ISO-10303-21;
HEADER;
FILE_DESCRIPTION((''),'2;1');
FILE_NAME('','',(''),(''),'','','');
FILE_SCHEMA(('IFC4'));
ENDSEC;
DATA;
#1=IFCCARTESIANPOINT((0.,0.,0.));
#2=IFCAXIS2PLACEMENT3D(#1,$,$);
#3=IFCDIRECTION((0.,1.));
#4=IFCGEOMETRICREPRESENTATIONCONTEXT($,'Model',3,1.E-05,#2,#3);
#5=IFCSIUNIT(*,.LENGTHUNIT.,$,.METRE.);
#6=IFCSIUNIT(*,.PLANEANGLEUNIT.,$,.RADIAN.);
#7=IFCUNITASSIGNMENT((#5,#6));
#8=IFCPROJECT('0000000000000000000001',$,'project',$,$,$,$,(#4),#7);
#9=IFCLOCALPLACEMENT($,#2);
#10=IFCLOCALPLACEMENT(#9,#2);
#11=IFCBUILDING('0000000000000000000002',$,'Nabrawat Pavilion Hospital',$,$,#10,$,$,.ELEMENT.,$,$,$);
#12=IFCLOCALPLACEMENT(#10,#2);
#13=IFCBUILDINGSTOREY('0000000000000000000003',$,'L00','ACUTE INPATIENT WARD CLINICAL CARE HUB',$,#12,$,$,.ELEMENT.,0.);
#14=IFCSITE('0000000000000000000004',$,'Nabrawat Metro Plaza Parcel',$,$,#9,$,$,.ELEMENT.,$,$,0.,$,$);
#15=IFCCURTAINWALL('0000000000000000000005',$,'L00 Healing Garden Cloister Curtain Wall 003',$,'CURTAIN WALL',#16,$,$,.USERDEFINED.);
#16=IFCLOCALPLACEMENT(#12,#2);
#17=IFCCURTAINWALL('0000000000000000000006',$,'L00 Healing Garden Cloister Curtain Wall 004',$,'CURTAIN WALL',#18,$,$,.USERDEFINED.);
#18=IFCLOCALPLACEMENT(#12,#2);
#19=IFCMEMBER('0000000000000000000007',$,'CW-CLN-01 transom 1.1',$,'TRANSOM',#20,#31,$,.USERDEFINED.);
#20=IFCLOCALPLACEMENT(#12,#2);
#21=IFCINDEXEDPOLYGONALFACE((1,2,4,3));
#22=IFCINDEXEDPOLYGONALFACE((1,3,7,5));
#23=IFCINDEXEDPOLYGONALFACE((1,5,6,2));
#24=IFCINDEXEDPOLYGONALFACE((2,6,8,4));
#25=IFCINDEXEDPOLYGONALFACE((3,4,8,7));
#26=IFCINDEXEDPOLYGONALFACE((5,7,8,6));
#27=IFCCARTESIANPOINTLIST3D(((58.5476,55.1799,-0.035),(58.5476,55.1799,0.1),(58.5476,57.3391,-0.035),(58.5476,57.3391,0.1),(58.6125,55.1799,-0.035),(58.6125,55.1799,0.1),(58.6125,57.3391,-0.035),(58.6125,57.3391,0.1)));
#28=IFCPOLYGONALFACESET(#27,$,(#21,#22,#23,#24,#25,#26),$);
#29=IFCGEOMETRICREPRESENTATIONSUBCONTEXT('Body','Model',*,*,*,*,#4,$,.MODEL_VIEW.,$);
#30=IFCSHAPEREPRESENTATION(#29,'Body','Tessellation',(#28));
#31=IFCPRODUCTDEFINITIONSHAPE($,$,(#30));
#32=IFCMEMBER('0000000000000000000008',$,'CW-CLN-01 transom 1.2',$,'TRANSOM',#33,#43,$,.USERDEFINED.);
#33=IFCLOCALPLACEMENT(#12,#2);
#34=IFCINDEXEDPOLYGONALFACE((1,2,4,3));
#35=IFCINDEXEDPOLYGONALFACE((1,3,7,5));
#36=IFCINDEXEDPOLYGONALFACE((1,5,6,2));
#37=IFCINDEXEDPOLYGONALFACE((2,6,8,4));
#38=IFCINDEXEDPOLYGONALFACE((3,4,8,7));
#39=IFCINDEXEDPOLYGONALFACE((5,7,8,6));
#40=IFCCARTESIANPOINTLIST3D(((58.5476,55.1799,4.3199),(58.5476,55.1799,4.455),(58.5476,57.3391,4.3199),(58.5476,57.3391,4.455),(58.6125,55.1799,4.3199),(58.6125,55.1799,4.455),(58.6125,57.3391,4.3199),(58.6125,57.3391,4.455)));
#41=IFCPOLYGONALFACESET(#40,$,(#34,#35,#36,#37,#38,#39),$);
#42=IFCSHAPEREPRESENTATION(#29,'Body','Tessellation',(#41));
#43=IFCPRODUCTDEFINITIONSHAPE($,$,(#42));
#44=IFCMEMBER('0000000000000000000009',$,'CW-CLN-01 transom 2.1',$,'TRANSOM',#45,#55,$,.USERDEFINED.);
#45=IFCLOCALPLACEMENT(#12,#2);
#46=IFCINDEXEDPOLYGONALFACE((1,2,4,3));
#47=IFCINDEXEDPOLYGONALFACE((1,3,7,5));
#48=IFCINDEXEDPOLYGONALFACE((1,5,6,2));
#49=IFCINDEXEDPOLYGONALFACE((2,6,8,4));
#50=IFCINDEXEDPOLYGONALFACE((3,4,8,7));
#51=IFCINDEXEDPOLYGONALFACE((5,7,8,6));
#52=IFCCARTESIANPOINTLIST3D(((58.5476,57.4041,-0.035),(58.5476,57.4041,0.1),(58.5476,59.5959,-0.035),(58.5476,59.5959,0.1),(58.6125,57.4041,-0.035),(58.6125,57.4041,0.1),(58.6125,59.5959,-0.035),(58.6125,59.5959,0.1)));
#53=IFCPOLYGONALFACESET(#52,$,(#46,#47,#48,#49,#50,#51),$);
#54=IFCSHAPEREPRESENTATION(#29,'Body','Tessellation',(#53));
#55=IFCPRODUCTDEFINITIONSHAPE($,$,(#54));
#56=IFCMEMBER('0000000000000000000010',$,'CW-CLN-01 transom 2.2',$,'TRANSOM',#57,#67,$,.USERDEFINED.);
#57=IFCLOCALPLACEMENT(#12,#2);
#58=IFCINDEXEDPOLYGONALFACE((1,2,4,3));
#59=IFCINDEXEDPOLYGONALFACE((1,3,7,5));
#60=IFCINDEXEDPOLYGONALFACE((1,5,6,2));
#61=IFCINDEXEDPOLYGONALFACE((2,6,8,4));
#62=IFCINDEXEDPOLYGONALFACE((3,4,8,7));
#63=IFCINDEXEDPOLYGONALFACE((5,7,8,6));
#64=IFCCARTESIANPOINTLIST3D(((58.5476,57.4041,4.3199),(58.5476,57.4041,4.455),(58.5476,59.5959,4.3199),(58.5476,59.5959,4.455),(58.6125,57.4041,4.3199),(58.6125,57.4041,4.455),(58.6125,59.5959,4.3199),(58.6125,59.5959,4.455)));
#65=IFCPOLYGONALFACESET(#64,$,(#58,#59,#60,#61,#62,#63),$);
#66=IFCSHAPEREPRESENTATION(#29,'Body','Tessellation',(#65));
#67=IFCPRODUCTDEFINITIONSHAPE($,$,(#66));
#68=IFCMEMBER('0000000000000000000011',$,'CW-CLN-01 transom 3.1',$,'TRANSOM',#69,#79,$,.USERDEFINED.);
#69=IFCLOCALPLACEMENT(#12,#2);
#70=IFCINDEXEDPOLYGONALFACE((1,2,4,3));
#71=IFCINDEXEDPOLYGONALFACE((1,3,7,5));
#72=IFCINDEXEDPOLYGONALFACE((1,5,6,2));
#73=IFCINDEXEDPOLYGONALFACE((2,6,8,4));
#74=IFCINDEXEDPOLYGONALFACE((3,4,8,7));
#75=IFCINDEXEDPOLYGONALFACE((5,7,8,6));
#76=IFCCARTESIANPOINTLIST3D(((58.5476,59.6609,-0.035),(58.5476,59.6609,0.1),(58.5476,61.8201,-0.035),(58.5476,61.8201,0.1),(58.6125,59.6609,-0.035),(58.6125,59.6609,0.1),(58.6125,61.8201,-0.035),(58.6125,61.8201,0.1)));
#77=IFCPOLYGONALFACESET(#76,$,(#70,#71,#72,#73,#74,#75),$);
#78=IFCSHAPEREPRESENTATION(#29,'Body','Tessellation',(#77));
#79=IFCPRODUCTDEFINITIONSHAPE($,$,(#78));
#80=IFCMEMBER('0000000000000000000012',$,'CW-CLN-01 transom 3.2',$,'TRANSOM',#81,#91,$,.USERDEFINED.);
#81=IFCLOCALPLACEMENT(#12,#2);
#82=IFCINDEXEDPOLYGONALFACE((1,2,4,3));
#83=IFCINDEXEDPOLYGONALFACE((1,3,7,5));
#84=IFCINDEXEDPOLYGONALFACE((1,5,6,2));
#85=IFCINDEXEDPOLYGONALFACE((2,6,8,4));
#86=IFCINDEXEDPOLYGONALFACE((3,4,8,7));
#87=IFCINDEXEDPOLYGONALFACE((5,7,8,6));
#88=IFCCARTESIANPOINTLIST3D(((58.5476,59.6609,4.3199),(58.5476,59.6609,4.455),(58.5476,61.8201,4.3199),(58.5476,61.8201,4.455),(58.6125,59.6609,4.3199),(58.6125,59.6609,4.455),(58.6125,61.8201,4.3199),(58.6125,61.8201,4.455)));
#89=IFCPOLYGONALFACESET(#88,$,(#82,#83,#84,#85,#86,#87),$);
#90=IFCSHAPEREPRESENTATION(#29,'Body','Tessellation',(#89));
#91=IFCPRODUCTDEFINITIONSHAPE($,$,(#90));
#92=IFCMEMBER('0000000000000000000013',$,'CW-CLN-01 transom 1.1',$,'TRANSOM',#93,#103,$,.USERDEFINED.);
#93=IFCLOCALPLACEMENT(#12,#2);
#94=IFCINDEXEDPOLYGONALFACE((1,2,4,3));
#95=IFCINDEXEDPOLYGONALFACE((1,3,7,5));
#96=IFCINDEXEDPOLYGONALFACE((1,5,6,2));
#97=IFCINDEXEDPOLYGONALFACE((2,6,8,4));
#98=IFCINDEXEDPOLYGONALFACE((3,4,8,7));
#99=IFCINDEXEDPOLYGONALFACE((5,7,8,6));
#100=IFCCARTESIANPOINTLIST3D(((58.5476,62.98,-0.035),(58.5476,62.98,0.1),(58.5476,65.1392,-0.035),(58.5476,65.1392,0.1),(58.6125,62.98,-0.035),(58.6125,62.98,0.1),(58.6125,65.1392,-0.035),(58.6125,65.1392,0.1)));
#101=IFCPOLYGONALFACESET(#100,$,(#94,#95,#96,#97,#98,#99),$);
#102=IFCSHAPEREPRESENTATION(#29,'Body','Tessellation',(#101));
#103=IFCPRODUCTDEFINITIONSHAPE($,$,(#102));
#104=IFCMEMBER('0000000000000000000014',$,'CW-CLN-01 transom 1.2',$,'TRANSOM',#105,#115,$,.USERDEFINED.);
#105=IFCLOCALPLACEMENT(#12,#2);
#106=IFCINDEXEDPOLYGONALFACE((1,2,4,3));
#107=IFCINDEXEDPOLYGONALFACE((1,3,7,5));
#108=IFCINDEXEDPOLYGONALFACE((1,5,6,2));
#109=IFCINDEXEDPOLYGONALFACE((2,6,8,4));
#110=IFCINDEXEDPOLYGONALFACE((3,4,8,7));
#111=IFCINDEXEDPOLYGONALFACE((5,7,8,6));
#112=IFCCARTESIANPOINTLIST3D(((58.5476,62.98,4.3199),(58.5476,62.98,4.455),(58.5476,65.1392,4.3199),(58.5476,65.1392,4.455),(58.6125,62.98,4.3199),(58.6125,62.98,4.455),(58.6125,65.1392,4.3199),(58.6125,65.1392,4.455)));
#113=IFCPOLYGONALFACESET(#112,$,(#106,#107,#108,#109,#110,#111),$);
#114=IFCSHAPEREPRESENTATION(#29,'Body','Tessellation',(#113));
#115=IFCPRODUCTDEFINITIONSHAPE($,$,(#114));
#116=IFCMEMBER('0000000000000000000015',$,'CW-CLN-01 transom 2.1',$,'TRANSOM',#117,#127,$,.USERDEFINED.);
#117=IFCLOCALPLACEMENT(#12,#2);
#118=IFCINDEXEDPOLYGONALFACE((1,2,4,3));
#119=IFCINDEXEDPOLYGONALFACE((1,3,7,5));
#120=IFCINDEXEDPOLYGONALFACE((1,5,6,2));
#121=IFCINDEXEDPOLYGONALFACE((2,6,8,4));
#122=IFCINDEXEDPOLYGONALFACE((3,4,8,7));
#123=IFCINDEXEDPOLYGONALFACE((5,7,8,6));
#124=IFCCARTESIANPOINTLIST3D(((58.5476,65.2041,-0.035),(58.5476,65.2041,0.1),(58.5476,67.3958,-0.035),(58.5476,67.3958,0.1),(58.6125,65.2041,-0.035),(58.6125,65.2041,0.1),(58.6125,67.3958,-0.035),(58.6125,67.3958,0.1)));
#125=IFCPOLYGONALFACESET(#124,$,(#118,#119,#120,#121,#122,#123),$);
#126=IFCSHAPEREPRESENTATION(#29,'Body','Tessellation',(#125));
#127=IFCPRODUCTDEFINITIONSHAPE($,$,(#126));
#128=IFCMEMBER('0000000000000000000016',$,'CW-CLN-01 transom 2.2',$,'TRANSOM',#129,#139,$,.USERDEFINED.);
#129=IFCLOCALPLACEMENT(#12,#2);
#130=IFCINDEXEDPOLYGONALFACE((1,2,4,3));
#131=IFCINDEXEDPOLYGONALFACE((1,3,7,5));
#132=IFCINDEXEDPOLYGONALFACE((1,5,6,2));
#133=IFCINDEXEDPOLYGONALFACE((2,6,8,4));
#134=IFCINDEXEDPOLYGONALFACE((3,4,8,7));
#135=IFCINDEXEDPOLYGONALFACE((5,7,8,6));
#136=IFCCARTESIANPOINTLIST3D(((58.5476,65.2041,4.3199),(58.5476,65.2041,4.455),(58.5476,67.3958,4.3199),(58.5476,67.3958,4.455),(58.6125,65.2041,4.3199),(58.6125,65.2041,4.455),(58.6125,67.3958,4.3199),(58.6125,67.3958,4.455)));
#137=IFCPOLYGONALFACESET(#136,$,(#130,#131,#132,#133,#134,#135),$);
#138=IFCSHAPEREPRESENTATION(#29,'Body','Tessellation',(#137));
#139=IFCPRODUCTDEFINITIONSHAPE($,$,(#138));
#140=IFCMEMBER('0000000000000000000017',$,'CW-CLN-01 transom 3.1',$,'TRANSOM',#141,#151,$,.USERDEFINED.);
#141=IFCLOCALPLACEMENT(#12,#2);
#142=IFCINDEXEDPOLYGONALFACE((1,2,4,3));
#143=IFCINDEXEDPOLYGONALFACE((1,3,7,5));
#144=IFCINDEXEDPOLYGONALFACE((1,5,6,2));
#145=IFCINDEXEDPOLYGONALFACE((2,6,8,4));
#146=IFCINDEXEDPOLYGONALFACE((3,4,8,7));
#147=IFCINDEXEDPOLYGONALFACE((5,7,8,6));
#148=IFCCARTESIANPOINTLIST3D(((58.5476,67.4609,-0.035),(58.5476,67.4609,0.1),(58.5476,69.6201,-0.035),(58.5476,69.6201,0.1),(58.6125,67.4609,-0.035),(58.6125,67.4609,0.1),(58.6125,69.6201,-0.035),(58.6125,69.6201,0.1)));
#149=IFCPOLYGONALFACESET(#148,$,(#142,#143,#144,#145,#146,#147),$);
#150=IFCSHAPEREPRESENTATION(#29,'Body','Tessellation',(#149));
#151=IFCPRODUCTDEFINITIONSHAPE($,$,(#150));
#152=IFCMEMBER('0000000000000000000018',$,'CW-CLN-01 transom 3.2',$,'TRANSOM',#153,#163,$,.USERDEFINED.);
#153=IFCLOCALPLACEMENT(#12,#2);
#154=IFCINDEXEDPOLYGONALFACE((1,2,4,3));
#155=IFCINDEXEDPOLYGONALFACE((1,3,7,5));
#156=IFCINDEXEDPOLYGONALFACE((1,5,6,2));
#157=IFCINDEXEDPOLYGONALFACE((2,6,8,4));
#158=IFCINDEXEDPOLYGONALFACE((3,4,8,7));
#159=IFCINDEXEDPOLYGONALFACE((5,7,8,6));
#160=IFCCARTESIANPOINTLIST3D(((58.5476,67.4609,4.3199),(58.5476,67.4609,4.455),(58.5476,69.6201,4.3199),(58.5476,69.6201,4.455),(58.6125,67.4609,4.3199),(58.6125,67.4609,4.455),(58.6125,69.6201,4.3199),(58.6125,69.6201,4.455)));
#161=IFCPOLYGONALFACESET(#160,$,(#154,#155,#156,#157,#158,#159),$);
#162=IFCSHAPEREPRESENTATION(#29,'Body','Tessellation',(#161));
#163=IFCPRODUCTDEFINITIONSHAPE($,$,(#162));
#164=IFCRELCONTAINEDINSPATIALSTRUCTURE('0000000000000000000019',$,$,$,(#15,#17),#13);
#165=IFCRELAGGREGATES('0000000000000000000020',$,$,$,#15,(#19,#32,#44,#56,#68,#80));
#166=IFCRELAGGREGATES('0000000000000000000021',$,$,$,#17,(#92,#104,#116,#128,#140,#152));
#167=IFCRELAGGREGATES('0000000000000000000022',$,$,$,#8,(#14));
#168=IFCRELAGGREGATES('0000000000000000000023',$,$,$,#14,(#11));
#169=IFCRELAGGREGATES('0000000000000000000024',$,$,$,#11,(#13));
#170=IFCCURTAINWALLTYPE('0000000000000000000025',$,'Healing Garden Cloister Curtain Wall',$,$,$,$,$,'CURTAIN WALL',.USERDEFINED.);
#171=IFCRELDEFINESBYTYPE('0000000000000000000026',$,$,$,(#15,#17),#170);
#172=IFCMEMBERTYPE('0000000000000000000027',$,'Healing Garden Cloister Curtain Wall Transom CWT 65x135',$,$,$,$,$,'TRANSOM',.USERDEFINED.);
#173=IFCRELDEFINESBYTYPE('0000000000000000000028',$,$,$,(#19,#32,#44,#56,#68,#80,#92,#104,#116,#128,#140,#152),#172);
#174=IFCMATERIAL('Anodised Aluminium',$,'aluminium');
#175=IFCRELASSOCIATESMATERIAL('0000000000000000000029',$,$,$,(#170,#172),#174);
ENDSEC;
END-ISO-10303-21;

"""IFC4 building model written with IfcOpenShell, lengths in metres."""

from ifc_helpers import new_model, si_unit, direction, frame, origin, origin_2d, place, context, subcontext, project, spatial, rectangle, extrude, material, material_profile, profile_set, type_object, element, aggregate, save


model = new_model("IFC4")

# Units and contexts
model_context = context("Model", 3, precision=1e-05, world=origin(), true_north=direction((0.0, 1.0)))
body_context = subcontext(model_context, "Body", "Model", "MODEL_VIEW")
ifc_project = project(units=[si_unit("LENGTHUNIT", "METRE"), si_unit("PLANEANGLEUNIT", "RADIAN")], contexts=[model_context])

# Site, building, storey
site_placement = place(None, origin())
site = spatial("IfcSite", under=ifc_project, at=site_placement, Name="Nabrawat Metro Plaza Parcel", CompositionType="ELEMENT", RefElevation=0.0)
building_placement = place(site_placement, origin())
building = spatial("IfcBuilding", under=site, at=building_placement, Name="Nabrawat Pavilion Hospital", CompositionType="ELEMENT")
storey_placement = place(building_placement, origin())
storey = spatial("IfcBuildingStorey", under=building, at=storey_placement, Name="L00", Description="ACUTE INPATIENT WARD CLINICAL CARE HUB", CompositionType="ELEMENT", Elevation=0.0)

# Curtain walls
ifc_material_1 = material(Name="Anodised Aluminium", Category="aluminium")
curtain_wall_type = type_object("IfcCurtainWallType", Name="Healing Garden Cloister Curtain Wall", ElementType="CURTAIN WALL", PredefinedType="USERDEFINED", material=ifc_material_1)
curtain_wall_1_placement = place(storey_placement, origin())
curtain_wall_1 = element("IfcCurtainWall", 1, at=curtain_wall_1_placement, inside=storey, type_object=curtain_wall_type, Name="L00 Healing Garden Cloister Curtain Wall 003", ObjectType="CURTAIN WALL", PredefinedType="USERDEFINED")
curtain_wall_2_placement = place(storey_placement, origin())
curtain_wall_2 = element("IfcCurtainWall", 2, at=curtain_wall_2_placement, inside=storey, type_object=curtain_wall_type, Name="L00 Healing Garden Cloister Curtain Wall 004", ObjectType="CURTAIN WALL", PredefinedType="USERDEFINED")

# Members
ifc_material_profile_1 = material_profile(ifc_material_1, rectangle(XDim=0.0649, YDim=0.135, at=origin_2d()), Name="CWT 65x135")
ifc_profile_set_1 = profile_set([ifc_material_profile_1], Name="Anodised Aluminium")
member_type_1 = type_object("IfcMemberType", Name="Healing Garden Cloister Curtain Wall Transom CWT 65x135", ElementType="TRANSOM", PredefinedType="USERDEFINED", material=ifc_profile_set_1)
member_1_placement = place(storey_placement, frame((58.5801, 55.1799, 0.0325), z_axis=(0.0, 1.0, 0.0), x_axis=(-1.0, 0.0, 0.0)))
member_1 = element("IfcMember", 3, at=member_1_placement, type_object=member_type_1, Name="CW-CLN-01 transom 1.1", ObjectType="TRANSOM", PredefinedType="USERDEFINED", context=body_context, shape_type="SweptSolid", body=[
    extrude(rectangle(XDim=0.0649, YDim=0.135, at=origin_2d()), origin(), (0.0, 0.0, 1.0), 2.1592),
])
member_2_placement = place(storey_placement, frame((58.5801, 55.1799, 4.3875), z_axis=(0.0, 1.0, 0.0), x_axis=(-1.0, 0.0, 0.0)))
member_2 = element("IfcMember", 4, at=member_2_placement, type_object=member_type_1, Name="CW-CLN-01 transom 1.2", ObjectType="TRANSOM", PredefinedType="USERDEFINED", context=body_context, shape_type="SweptSolid", body=[
    extrude(rectangle(XDim=0.0649, YDim=0.135, at=origin_2d()), origin(), (0.0, 0.0, 1.0), 2.1592),
])
member_3_placement = place(storey_placement, frame((58.5801, 57.4041, 0.0325), z_axis=(0.0, 1.0, 0.0), x_axis=(-1.0, 0.0, 0.0)))
member_3 = element("IfcMember", 5, at=member_3_placement, type_object=member_type_1, Name="CW-CLN-01 transom 2.1", ObjectType="TRANSOM", PredefinedType="USERDEFINED", context=body_context, shape_type="SweptSolid", body=[
    extrude(rectangle(XDim=0.0649, YDim=0.135, at=origin_2d()), origin(), (0.0, 0.0, 1.0), 2.1919),
])
member_4_placement = place(storey_placement, frame((58.5801, 57.4041, 4.3875), z_axis=(0.0, 1.0, 0.0), x_axis=(-1.0, 0.0, 0.0)))
member_4 = element("IfcMember", 6, at=member_4_placement, type_object=member_type_1, Name="CW-CLN-01 transom 2.2", ObjectType="TRANSOM", PredefinedType="USERDEFINED", context=body_context, shape_type="SweptSolid", body=[
    extrude(rectangle(XDim=0.0649, YDim=0.135, at=origin_2d()), origin(), (0.0, 0.0, 1.0), 2.1919),
])
member_5_placement = place(storey_placement, frame((58.5801, 59.6609, 0.0325), z_axis=(0.0, 1.0, 0.0), x_axis=(-1.0, 0.0, 0.0)))
member_5 = element("IfcMember", 7, at=member_5_placement, type_object=member_type_1, Name="CW-CLN-01 transom 3.1", ObjectType="TRANSOM", PredefinedType="USERDEFINED", context=body_context, shape_type="SweptSolid", body=[
    extrude(rectangle(XDim=0.0649, YDim=0.135, at=origin_2d()), origin(), (0.0, 0.0, 1.0), 2.1592),
])
member_6_placement = place(storey_placement, frame((58.5801, 59.6609, 4.3875), z_axis=(0.0, 1.0, 0.0), x_axis=(-1.0, 0.0, 0.0)))
member_6 = element("IfcMember", 8, at=member_6_placement, type_object=member_type_1, Name="CW-CLN-01 transom 3.2", ObjectType="TRANSOM", PredefinedType="USERDEFINED", context=body_context, shape_type="SweptSolid", body=[
    extrude(rectangle(XDim=0.0649, YDim=0.135, at=origin_2d()), origin(), (0.0, 0.0, 1.0), 2.1592),
])
member_7_placement = place(storey_placement, frame((58.5801, 62.98, 0.0325), z_axis=(0.0, 1.0, 0.0), x_axis=(-1.0, 0.0, 0.0)))
member_7 = element("IfcMember", 9, at=member_7_placement, type_object=member_type_1, Name="CW-CLN-01 transom 1.1", ObjectType="TRANSOM", PredefinedType="USERDEFINED", context=body_context, shape_type="SweptSolid", body=[
    extrude(rectangle(XDim=0.0649, YDim=0.135, at=origin_2d()), origin(), (0.0, 0.0, 1.0), 2.1592),
])
member_8_placement = place(storey_placement, frame((58.5801, 62.98, 4.3875), z_axis=(0.0, 1.0, 0.0), x_axis=(-1.0, 0.0, 0.0)))
member_8 = element("IfcMember", 10, at=member_8_placement, type_object=member_type_1, Name="CW-CLN-01 transom 1.2", ObjectType="TRANSOM", PredefinedType="USERDEFINED", context=body_context, shape_type="SweptSolid", body=[
    extrude(rectangle(XDim=0.0649, YDim=0.135, at=origin_2d()), origin(), (0.0, 0.0, 1.0), 2.1592),
])
member_9_placement = place(storey_placement, frame((58.5801, 65.2041, 0.0325), z_axis=(0.0, 1.0, 0.0), x_axis=(-1.0, 0.0, 0.0)))
member_9 = element("IfcMember", 11, at=member_9_placement, type_object=member_type_1, Name="CW-CLN-01 transom 2.1", ObjectType="TRANSOM", PredefinedType="USERDEFINED", context=body_context, shape_type="SweptSolid", body=[
    extrude(rectangle(XDim=0.0649, YDim=0.135, at=origin_2d()), origin(), (0.0, 0.0, 1.0), 2.1917),
])
member_10_placement = place(storey_placement, frame((58.5801, 65.2041, 4.3875), z_axis=(0.0, 1.0, 0.0), x_axis=(-1.0, 0.0, 0.0)))
member_10 = element("IfcMember", 12, at=member_10_placement, type_object=member_type_1, Name="CW-CLN-01 transom 2.2", ObjectType="TRANSOM", PredefinedType="USERDEFINED", context=body_context, shape_type="SweptSolid", body=[
    extrude(rectangle(XDim=0.0649, YDim=0.135, at=origin_2d()), origin(), (0.0, 0.0, 1.0), 2.1917),
])
member_11_placement = place(storey_placement, frame((58.5801, 67.4609, 0.0325), z_axis=(0.0, 1.0, 0.0), x_axis=(-1.0, 0.0, 0.0)))
member_11 = element("IfcMember", 13, at=member_11_placement, type_object=member_type_1, Name="CW-CLN-01 transom 3.1", ObjectType="TRANSOM", PredefinedType="USERDEFINED", context=body_context, shape_type="SweptSolid", body=[
    extrude(rectangle(XDim=0.0649, YDim=0.135, at=origin_2d()), origin(), (0.0, 0.0, 1.0), 2.1592),
])
member_12_placement = place(storey_placement, frame((58.5801, 67.4609, 4.3875), z_axis=(0.0, 1.0, 0.0), x_axis=(-1.0, 0.0, 0.0)))
member_12 = element("IfcMember", 14, at=member_12_placement, type_object=member_type_1, Name="CW-CLN-01 transom 3.2", ObjectType="TRANSOM", PredefinedType="USERDEFINED", context=body_context, shape_type="SweptSolid", body=[
    extrude(rectangle(XDim=0.0649, YDim=0.135, at=origin_2d()), origin(), (0.0, 0.0, 1.0), 2.1592),
])

aggregate(curtain_wall_1, [member_1, member_2, member_3, member_4, member_5, member_6])
aggregate(curtain_wall_2, [member_7, member_8, member_9, member_10, member_11, member_12])

save(model, "model.ifc")
